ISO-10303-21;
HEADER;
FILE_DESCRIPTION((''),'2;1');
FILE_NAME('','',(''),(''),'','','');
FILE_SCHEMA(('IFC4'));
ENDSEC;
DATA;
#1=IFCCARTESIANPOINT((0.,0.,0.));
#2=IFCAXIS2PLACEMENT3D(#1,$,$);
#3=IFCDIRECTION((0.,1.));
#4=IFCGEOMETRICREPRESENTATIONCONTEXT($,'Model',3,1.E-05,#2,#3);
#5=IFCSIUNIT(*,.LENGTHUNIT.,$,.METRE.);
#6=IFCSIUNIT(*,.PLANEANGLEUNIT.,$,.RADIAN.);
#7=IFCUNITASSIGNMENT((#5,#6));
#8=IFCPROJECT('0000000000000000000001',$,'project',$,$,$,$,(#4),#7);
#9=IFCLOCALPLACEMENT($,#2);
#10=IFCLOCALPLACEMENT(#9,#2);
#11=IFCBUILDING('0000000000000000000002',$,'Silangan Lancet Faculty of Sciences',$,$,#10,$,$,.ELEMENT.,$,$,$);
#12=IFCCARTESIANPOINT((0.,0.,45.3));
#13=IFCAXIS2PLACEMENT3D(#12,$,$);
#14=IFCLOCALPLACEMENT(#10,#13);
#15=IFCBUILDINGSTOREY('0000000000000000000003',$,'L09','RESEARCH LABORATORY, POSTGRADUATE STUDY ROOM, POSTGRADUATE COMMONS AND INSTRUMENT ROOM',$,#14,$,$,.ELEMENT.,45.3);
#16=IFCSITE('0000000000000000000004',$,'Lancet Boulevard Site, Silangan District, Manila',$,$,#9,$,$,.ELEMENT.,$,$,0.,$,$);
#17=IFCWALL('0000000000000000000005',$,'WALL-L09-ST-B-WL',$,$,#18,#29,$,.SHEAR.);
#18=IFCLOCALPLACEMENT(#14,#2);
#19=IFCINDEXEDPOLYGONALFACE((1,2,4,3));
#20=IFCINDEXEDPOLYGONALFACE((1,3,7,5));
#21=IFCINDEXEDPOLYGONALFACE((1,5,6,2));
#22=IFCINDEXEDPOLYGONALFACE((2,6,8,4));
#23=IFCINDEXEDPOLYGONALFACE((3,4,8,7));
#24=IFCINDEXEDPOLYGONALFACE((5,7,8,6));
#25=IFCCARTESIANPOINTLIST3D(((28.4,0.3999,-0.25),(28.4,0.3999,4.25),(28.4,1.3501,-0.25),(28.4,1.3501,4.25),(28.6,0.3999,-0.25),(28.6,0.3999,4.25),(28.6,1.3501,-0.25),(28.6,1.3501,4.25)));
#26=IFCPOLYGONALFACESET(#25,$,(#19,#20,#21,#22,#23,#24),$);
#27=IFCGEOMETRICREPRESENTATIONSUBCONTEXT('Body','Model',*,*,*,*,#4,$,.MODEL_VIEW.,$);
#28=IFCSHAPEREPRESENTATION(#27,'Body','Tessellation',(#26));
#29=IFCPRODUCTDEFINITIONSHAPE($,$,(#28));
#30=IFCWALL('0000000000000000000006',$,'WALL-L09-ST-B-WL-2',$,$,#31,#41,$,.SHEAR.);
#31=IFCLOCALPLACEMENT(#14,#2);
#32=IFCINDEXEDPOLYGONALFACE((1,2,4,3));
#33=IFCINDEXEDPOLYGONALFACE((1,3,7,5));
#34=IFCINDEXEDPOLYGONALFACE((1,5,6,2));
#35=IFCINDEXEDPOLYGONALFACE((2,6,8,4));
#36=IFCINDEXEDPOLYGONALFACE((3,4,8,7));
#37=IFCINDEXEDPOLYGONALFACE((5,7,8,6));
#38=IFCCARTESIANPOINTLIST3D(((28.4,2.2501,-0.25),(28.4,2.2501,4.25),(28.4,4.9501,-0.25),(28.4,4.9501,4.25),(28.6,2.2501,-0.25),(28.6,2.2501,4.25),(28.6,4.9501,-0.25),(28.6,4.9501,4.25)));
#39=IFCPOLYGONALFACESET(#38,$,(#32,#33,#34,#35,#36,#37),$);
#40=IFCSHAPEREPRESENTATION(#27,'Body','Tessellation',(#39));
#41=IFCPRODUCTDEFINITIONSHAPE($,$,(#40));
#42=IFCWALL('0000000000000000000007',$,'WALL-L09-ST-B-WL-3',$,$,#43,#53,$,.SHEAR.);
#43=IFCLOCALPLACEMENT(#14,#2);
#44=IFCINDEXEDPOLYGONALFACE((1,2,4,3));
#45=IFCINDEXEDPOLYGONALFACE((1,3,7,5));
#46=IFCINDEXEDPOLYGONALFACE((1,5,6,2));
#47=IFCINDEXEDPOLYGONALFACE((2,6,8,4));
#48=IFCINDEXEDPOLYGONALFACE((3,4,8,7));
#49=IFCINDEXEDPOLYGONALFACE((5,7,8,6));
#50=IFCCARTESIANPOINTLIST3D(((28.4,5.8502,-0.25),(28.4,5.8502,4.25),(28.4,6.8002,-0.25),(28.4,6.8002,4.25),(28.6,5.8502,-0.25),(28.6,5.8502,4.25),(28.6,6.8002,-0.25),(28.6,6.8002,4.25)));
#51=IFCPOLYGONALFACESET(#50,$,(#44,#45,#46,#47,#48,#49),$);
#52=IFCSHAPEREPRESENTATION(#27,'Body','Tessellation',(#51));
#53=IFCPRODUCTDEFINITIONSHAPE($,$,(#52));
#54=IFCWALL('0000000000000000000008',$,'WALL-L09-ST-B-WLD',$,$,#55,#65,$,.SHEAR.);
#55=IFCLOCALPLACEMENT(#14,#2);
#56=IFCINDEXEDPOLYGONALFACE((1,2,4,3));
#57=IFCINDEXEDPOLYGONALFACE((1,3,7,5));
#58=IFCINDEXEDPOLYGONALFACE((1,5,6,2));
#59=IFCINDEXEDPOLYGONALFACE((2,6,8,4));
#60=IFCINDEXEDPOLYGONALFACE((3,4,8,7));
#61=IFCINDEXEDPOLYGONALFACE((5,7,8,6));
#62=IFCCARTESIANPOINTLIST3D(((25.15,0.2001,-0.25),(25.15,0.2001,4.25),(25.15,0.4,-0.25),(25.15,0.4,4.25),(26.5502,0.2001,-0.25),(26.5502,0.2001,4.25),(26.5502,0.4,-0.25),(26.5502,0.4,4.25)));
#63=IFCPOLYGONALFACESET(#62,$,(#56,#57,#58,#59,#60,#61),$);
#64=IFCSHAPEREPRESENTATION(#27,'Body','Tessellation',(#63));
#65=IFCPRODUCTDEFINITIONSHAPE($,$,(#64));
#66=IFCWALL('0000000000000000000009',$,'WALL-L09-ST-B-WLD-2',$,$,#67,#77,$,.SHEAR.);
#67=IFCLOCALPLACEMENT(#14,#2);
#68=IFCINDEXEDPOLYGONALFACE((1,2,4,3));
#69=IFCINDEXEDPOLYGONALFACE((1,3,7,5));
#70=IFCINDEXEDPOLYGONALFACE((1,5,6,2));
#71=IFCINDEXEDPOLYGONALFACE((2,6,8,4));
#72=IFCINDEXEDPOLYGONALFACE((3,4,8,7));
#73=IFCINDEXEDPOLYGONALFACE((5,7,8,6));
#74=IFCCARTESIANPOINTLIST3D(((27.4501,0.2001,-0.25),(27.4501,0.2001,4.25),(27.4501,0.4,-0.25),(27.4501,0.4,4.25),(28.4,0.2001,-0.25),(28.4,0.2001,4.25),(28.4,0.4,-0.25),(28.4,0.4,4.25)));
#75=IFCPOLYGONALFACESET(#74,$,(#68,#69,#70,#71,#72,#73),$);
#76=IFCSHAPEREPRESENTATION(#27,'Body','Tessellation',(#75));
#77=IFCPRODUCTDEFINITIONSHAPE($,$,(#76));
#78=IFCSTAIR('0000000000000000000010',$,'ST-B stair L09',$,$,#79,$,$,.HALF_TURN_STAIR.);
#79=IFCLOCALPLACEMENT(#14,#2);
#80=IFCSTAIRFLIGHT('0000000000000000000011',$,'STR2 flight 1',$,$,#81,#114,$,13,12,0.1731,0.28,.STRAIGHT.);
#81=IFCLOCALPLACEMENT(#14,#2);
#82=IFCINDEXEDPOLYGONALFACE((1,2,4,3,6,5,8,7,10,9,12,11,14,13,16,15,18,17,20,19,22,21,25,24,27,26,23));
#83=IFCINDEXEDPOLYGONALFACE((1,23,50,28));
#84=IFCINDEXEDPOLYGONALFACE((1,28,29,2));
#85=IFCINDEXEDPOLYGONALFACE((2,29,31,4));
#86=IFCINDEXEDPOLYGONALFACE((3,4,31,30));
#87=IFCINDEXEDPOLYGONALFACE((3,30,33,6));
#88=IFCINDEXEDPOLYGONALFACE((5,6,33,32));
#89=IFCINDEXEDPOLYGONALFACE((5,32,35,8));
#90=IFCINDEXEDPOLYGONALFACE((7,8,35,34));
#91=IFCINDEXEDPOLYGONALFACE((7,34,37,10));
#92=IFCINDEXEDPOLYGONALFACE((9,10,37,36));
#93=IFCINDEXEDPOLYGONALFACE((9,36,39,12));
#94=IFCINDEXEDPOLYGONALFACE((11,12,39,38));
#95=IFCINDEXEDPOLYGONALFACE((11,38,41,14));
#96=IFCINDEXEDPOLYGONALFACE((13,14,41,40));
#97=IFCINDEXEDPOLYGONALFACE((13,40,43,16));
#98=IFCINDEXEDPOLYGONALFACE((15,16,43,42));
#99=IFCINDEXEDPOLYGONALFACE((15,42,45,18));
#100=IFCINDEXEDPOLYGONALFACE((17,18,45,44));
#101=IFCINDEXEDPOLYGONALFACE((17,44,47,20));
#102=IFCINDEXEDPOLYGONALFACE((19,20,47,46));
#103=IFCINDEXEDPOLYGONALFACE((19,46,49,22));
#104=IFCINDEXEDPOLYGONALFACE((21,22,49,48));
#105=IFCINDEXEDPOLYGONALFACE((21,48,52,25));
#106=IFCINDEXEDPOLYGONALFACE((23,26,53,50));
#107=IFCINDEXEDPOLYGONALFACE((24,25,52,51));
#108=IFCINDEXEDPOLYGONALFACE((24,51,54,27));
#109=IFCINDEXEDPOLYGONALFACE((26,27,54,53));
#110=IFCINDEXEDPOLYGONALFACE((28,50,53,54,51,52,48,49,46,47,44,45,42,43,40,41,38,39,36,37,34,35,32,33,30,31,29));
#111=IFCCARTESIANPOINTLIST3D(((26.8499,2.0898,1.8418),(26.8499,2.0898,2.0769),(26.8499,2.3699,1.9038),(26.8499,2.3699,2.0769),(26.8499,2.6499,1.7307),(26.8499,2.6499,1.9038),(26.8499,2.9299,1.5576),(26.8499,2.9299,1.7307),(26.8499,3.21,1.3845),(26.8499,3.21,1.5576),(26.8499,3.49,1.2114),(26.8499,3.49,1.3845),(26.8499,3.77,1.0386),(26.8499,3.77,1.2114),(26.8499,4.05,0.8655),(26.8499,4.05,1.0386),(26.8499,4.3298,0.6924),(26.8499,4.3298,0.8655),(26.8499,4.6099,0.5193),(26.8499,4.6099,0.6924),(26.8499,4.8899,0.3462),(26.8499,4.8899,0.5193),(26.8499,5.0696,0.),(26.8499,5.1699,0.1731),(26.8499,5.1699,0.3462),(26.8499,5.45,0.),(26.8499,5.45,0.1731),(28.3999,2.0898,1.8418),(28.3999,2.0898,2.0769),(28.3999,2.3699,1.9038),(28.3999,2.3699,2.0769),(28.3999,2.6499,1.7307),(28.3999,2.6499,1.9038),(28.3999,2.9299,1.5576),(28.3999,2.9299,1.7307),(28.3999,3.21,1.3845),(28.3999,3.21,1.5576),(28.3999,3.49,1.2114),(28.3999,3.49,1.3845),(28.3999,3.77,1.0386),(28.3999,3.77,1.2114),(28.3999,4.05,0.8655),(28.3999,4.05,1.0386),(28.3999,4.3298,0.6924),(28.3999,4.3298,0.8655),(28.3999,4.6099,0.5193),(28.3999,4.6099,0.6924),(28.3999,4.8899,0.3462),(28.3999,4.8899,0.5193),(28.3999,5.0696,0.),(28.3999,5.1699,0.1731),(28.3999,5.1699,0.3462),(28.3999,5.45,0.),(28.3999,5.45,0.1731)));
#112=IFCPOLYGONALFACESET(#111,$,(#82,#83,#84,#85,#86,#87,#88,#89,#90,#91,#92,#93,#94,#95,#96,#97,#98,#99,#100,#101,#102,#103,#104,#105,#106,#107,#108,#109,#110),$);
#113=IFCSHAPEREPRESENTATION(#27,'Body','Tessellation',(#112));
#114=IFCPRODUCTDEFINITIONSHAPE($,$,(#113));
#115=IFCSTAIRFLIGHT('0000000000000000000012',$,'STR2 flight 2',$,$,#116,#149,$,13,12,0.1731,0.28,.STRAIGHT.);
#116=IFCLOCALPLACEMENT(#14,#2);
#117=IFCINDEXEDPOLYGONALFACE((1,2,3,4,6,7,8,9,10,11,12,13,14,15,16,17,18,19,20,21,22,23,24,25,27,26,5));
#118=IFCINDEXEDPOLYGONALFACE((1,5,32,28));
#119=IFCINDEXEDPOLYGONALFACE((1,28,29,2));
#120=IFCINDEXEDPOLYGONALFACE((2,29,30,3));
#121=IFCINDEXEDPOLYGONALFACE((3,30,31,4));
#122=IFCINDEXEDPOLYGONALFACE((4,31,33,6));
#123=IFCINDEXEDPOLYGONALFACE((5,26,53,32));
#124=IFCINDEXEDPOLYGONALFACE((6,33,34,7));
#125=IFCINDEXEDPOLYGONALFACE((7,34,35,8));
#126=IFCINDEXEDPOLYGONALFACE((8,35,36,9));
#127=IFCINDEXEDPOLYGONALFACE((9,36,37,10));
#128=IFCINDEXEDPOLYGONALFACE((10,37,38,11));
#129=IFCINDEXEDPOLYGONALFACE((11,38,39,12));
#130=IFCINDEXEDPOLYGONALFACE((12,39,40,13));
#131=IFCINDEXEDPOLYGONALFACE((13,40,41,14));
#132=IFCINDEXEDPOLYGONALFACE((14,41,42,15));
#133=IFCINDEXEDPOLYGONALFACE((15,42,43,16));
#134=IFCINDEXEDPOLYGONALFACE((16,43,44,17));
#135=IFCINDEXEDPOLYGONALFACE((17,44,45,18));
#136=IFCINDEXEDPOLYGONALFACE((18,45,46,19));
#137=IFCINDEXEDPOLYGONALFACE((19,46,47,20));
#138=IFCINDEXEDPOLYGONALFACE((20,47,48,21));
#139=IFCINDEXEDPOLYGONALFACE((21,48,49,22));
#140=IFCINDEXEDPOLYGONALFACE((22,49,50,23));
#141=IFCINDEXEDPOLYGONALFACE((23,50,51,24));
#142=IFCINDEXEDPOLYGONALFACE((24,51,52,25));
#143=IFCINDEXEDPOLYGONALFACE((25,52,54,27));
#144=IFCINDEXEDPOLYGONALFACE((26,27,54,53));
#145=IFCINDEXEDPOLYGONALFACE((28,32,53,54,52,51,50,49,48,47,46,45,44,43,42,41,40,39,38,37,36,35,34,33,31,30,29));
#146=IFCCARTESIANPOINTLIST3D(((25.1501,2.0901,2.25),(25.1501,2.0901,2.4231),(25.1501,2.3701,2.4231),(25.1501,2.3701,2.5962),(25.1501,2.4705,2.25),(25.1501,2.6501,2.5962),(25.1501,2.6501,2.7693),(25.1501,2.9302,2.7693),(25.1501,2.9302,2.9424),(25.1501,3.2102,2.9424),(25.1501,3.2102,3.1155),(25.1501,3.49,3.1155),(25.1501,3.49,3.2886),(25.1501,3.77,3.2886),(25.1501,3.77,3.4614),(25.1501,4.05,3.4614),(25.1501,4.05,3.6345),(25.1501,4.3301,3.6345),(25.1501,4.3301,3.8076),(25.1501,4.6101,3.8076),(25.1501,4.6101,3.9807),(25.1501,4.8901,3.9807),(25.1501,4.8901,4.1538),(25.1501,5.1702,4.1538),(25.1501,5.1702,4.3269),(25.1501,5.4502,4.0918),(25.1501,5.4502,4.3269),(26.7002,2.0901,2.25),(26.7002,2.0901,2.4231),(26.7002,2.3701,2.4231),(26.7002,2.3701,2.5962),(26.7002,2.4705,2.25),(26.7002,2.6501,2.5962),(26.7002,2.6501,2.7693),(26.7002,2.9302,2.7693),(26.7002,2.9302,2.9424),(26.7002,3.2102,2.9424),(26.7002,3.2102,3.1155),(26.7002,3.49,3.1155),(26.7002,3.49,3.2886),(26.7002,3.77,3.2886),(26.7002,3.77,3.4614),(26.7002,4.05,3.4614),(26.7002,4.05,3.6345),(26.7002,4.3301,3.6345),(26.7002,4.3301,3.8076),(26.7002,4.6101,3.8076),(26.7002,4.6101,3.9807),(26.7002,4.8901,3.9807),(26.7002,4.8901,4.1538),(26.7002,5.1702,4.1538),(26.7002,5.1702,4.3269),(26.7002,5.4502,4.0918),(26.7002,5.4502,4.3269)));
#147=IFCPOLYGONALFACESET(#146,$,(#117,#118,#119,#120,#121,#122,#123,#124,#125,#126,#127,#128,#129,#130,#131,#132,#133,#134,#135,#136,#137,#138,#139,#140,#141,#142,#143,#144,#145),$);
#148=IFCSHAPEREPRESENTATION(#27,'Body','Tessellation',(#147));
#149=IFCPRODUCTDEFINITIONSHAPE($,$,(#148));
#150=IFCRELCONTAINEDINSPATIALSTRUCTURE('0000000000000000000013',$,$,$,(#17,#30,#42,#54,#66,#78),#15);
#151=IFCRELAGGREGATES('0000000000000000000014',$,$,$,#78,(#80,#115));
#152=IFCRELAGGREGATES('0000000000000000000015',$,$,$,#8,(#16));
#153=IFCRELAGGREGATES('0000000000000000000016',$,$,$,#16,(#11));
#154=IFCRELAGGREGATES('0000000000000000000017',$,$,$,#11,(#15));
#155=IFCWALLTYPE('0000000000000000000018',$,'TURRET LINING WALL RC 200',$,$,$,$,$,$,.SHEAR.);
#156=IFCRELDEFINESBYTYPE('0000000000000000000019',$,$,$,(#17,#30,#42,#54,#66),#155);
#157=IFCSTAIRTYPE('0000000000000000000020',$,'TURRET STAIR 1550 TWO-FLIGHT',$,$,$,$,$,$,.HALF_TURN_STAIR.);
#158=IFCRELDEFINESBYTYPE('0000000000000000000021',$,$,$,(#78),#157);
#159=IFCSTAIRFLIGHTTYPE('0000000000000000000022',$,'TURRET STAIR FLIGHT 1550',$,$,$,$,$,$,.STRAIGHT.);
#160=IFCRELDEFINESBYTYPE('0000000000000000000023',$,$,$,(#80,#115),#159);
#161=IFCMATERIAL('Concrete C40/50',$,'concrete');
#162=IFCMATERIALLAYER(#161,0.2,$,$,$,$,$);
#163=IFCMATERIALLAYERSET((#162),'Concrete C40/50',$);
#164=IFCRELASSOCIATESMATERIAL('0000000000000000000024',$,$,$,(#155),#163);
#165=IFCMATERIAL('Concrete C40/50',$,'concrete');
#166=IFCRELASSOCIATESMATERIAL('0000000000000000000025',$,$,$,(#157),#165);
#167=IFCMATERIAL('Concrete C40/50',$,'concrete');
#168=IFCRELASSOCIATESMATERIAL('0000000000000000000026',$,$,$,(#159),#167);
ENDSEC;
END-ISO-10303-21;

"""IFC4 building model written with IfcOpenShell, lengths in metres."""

from ifc_helpers import new_model, si_unit, direction, frame, frame_2d, origin, place, context, subcontext, project, spatial, polyline, rectangle, outline, extrude, material, layer, layer_set, type_object, element, aggregate, save


model = new_model("IFC4")

# Units and contexts
model_context = context("Model", 3, precision=1e-05, world=origin(), true_north=direction((0.0, 1.0)))
body_context = subcontext(model_context, "Body", "Model", "MODEL_VIEW")
ifc_project = project(units=[si_unit("LENGTHUNIT", "METRE"), si_unit("PLANEANGLEUNIT", "RADIAN")], contexts=[model_context])

# Site, building, storey
site_placement = place(None, origin())
site = spatial("IfcSite", under=ifc_project, at=site_placement, Name="Lancet Boulevard Site, Silangan District, Manila", CompositionType="ELEMENT", RefElevation=0.0)
building_placement = place(site_placement, origin())
building = spatial("IfcBuilding", under=site, at=building_placement, Name="Silangan Lancet Faculty of Sciences", CompositionType="ELEMENT")
storey_placement = place(building_placement, frame((0.0, 0.0, 45.3)))
storey = spatial("IfcBuildingStorey", under=building, at=storey_placement, Name="L09", Description="RESEARCH LABORATORY, POSTGRADUATE STUDY ROOM, POSTGRADUATE COMMONS AND INSTRUMENT ROOM", CompositionType="ELEMENT", Elevation=45.3)

# Walls
ifc_material_1 = material(Name="Concrete C40/50", Category="concrete")
ifc_layer_1 = layer(ifc_material_1, 0.2)
ifc_layer_set_1 = layer_set([ifc_layer_1], Name="Concrete C40/50")
wall_type_1 = type_object("IfcWallType", Name="TURRET LINING WALL RC 200", PredefinedType="SHEAR", material=ifc_layer_set_1)
wall_1_placement = place(storey_placement, frame((28.5, 0.3999, -0.25), z_axis=(0.0, 0.0, 1.0), x_axis=(0.0, 1.0, 0.0)))
element("IfcWall", 1, at=wall_1_placement, inside=storey, type_object=wall_type_1, Name="WALL-L09-ST-B-WL", PredefinedType="SHEAR", context=body_context, shape_type="SweptSolid", body=[
    extrude(rectangle(XDim=0.9502, YDim=0.2, at=frame_2d((0.4751, 0.0))), origin(), (0.0, 0.0, 1.0), 4.5),
])
wall_2_placement = place(storey_placement, frame((28.5, 2.25, -0.25), z_axis=(0.0, 0.0, 1.0), x_axis=(0.0, 1.0, 0.0)))
element("IfcWall", 2, at=wall_2_placement, inside=storey, type_object=wall_type_1, Name="WALL-L09-ST-B-WL-2", PredefinedType="SHEAR", context=body_context, shape_type="SweptSolid", body=[
    extrude(rectangle(XDim=2.7, YDim=0.2, at=frame_2d((1.3501, 0.0))), origin(), (0.0, 0.0, 1.0), 4.5),
])
wall_3_placement = place(storey_placement, frame((28.5, 5.8501, -0.25), z_axis=(0.0, 0.0, 1.0), x_axis=(0.0, 1.0, 0.0)))
element("IfcWall", 3, at=wall_3_placement, inside=storey, type_object=wall_type_1, Name="WALL-L09-ST-B-WL-3", PredefinedType="SHEAR", context=body_context, shape_type="SweptSolid", body=[
    extrude(rectangle(XDim=0.95, YDim=0.2, at=frame_2d((0.4751, 0.0))), origin(), (0.0, 0.0, 1.0), 4.5),
])
wall_4_placement = place(storey_placement, frame((25.1499, 0.3, -0.25), z_axis=(0.0, 0.0, 1.0), x_axis=(1.0, 0.0, 0.0)))
element("IfcWall", 4, at=wall_4_placement, inside=storey, type_object=wall_type_1, Name="WALL-L09-ST-B-WLD", PredefinedType="SHEAR", context=body_context, shape_type="SweptSolid", body=[
    extrude(rectangle(XDim=1.4001, YDim=0.2, at=frame_2d((0.7002, 0.0))), origin(), (0.0, 0.0, 1.0), 4.5),
])
wall_5_placement = place(storey_placement, frame((27.45, 0.3, -0.25), z_axis=(0.0, 0.0, 1.0), x_axis=(1.0, 0.0, 0.0)))
element("IfcWall", 5, at=wall_5_placement, inside=storey, type_object=wall_type_1, Name="WALL-L09-ST-B-WLD-2", PredefinedType="SHEAR", context=body_context, shape_type="SweptSolid", body=[
    extrude(rectangle(XDim=0.95, YDim=0.2, at=frame_2d((0.4751, 0.0))), origin(), (0.0, 0.0, 1.0), 4.5),
])

# Stair, stair flights
ifc_material_2 = material(Name="Concrete C40/50", Category="concrete")
stair_type = type_object("IfcStairType", Name="TURRET STAIR 1550 TWO-FLIGHT", PredefinedType="HALF_TURN_STAIR", material=ifc_material_2)
stair_placement = place(storey_placement, origin())
stair = element("IfcStair", 6, at=stair_placement, inside=storey, type_object=stair_type, Name="ST-B stair L09", PredefinedType="HALF_TURN_STAIR")
ifc_material_3 = material(Name="Concrete C40/50", Category="concrete")
stair_flight_type = type_object("IfcStairFlightType", Name="TURRET STAIR FLIGHT 1550", PredefinedType="STRAIGHT", material=ifc_material_3)
stair_flight_1_placement = place(storey_placement, frame((27.625, 5.45, 0.0), z_axis=(0.0, 0.0, 1.0), x_axis=(0.0, -1.0, 0.0)))
stair_flight_1 = element("IfcStairFlight", 7, at=stair_flight_1_placement, type_object=stair_flight_type, Name="STR2 flight 1", NumberOfRisers=13, NumberOfTreads=12, PredefinedType="STRAIGHT", RiserHeight=0.1731, TreadLength=0.28, context=body_context, shape_type="SweptSolid", body=[
    extrude(outline(polyline([(0.0, 0.0), (0.0, 0.1731), (0.28, 0.1731), (0.28, 0.3462), (0.5601, 0.3462), (0.5601, 0.5193), (0.8401, 0.5193), (0.8401, 0.6924), (1.1201, 0.6924), (1.1201, 0.8655), (1.3999, 0.8655), (1.3999, 1.0386), (1.6799, 1.0386), (1.6799, 1.2114), (1.96, 1.2114), (1.96, 1.3845), (2.24, 1.3845), (2.24, 1.5576), (2.52, 1.5576), (2.52, 1.7307), (2.8, 1.7307), (2.8, 1.9038), (3.0801, 1.9038), (3.0801, 2.0769), (3.3601, 2.0769), (3.3601, 2.25), (3.3601, 1.8418), (0.3804, 0.0), (0.0, 0.0)])), frame((0.0, 0.7749, 0.0), z_axis=(0.0, -1.0, 0.0), x_axis=(1.0, 0.0, 0.0)), (0.0, 0.0, 1.0), 1.55),
])
stair_flight_2_placement = place(storey_placement, frame((25.925, 2.0901, 2.25), z_axis=(0.0, 0.0, 1.0), x_axis=(0.0, 1.0, 0.0)))
stair_flight_2 = element("IfcStairFlight", 8, at=stair_flight_2_placement, type_object=stair_flight_type, Name="STR2 flight 2", NumberOfRisers=13, NumberOfTreads=12, PredefinedType="STRAIGHT", RiserHeight=0.1731, TreadLength=0.28, context=body_context, shape_type="SweptSolid", body=[
    extrude(outline(polyline([(0.0, 0.0), (0.0, 0.1731), (0.28, 0.1731), (0.28, 0.3462), (0.5601, 0.3462), (0.5601, 0.5193), (0.8401, 0.5193), (0.8401, 0.6924), (1.1201, 0.6924), (1.1201, 0.8655), (1.3999, 0.8655), (1.3999, 1.0386), (1.6799, 1.0386), (1.6799, 1.2114), (1.96, 1.2114), (1.96, 1.3845), (2.24, 1.3845), (2.24, 1.5576), (2.52, 1.5576), (2.52, 1.7307), (2.8, 1.7307), (2.8, 1.9038), (3.0801, 1.9038), (3.0801, 2.0769), (3.3601, 2.0769), (3.3601, 2.25), (3.3601, 1.8418), (0.3804, 0.0), (0.0, 0.0)])), frame((0.0, 0.7749, 0.0), z_axis=(0.0, -1.0, 0.0), x_axis=(1.0, 0.0, 0.0)), (0.0, 0.0, 1.0), 1.55),
])
aggregate(stair, [stair_flight_1, stair_flight_2])

save(model, "model.ifc")
